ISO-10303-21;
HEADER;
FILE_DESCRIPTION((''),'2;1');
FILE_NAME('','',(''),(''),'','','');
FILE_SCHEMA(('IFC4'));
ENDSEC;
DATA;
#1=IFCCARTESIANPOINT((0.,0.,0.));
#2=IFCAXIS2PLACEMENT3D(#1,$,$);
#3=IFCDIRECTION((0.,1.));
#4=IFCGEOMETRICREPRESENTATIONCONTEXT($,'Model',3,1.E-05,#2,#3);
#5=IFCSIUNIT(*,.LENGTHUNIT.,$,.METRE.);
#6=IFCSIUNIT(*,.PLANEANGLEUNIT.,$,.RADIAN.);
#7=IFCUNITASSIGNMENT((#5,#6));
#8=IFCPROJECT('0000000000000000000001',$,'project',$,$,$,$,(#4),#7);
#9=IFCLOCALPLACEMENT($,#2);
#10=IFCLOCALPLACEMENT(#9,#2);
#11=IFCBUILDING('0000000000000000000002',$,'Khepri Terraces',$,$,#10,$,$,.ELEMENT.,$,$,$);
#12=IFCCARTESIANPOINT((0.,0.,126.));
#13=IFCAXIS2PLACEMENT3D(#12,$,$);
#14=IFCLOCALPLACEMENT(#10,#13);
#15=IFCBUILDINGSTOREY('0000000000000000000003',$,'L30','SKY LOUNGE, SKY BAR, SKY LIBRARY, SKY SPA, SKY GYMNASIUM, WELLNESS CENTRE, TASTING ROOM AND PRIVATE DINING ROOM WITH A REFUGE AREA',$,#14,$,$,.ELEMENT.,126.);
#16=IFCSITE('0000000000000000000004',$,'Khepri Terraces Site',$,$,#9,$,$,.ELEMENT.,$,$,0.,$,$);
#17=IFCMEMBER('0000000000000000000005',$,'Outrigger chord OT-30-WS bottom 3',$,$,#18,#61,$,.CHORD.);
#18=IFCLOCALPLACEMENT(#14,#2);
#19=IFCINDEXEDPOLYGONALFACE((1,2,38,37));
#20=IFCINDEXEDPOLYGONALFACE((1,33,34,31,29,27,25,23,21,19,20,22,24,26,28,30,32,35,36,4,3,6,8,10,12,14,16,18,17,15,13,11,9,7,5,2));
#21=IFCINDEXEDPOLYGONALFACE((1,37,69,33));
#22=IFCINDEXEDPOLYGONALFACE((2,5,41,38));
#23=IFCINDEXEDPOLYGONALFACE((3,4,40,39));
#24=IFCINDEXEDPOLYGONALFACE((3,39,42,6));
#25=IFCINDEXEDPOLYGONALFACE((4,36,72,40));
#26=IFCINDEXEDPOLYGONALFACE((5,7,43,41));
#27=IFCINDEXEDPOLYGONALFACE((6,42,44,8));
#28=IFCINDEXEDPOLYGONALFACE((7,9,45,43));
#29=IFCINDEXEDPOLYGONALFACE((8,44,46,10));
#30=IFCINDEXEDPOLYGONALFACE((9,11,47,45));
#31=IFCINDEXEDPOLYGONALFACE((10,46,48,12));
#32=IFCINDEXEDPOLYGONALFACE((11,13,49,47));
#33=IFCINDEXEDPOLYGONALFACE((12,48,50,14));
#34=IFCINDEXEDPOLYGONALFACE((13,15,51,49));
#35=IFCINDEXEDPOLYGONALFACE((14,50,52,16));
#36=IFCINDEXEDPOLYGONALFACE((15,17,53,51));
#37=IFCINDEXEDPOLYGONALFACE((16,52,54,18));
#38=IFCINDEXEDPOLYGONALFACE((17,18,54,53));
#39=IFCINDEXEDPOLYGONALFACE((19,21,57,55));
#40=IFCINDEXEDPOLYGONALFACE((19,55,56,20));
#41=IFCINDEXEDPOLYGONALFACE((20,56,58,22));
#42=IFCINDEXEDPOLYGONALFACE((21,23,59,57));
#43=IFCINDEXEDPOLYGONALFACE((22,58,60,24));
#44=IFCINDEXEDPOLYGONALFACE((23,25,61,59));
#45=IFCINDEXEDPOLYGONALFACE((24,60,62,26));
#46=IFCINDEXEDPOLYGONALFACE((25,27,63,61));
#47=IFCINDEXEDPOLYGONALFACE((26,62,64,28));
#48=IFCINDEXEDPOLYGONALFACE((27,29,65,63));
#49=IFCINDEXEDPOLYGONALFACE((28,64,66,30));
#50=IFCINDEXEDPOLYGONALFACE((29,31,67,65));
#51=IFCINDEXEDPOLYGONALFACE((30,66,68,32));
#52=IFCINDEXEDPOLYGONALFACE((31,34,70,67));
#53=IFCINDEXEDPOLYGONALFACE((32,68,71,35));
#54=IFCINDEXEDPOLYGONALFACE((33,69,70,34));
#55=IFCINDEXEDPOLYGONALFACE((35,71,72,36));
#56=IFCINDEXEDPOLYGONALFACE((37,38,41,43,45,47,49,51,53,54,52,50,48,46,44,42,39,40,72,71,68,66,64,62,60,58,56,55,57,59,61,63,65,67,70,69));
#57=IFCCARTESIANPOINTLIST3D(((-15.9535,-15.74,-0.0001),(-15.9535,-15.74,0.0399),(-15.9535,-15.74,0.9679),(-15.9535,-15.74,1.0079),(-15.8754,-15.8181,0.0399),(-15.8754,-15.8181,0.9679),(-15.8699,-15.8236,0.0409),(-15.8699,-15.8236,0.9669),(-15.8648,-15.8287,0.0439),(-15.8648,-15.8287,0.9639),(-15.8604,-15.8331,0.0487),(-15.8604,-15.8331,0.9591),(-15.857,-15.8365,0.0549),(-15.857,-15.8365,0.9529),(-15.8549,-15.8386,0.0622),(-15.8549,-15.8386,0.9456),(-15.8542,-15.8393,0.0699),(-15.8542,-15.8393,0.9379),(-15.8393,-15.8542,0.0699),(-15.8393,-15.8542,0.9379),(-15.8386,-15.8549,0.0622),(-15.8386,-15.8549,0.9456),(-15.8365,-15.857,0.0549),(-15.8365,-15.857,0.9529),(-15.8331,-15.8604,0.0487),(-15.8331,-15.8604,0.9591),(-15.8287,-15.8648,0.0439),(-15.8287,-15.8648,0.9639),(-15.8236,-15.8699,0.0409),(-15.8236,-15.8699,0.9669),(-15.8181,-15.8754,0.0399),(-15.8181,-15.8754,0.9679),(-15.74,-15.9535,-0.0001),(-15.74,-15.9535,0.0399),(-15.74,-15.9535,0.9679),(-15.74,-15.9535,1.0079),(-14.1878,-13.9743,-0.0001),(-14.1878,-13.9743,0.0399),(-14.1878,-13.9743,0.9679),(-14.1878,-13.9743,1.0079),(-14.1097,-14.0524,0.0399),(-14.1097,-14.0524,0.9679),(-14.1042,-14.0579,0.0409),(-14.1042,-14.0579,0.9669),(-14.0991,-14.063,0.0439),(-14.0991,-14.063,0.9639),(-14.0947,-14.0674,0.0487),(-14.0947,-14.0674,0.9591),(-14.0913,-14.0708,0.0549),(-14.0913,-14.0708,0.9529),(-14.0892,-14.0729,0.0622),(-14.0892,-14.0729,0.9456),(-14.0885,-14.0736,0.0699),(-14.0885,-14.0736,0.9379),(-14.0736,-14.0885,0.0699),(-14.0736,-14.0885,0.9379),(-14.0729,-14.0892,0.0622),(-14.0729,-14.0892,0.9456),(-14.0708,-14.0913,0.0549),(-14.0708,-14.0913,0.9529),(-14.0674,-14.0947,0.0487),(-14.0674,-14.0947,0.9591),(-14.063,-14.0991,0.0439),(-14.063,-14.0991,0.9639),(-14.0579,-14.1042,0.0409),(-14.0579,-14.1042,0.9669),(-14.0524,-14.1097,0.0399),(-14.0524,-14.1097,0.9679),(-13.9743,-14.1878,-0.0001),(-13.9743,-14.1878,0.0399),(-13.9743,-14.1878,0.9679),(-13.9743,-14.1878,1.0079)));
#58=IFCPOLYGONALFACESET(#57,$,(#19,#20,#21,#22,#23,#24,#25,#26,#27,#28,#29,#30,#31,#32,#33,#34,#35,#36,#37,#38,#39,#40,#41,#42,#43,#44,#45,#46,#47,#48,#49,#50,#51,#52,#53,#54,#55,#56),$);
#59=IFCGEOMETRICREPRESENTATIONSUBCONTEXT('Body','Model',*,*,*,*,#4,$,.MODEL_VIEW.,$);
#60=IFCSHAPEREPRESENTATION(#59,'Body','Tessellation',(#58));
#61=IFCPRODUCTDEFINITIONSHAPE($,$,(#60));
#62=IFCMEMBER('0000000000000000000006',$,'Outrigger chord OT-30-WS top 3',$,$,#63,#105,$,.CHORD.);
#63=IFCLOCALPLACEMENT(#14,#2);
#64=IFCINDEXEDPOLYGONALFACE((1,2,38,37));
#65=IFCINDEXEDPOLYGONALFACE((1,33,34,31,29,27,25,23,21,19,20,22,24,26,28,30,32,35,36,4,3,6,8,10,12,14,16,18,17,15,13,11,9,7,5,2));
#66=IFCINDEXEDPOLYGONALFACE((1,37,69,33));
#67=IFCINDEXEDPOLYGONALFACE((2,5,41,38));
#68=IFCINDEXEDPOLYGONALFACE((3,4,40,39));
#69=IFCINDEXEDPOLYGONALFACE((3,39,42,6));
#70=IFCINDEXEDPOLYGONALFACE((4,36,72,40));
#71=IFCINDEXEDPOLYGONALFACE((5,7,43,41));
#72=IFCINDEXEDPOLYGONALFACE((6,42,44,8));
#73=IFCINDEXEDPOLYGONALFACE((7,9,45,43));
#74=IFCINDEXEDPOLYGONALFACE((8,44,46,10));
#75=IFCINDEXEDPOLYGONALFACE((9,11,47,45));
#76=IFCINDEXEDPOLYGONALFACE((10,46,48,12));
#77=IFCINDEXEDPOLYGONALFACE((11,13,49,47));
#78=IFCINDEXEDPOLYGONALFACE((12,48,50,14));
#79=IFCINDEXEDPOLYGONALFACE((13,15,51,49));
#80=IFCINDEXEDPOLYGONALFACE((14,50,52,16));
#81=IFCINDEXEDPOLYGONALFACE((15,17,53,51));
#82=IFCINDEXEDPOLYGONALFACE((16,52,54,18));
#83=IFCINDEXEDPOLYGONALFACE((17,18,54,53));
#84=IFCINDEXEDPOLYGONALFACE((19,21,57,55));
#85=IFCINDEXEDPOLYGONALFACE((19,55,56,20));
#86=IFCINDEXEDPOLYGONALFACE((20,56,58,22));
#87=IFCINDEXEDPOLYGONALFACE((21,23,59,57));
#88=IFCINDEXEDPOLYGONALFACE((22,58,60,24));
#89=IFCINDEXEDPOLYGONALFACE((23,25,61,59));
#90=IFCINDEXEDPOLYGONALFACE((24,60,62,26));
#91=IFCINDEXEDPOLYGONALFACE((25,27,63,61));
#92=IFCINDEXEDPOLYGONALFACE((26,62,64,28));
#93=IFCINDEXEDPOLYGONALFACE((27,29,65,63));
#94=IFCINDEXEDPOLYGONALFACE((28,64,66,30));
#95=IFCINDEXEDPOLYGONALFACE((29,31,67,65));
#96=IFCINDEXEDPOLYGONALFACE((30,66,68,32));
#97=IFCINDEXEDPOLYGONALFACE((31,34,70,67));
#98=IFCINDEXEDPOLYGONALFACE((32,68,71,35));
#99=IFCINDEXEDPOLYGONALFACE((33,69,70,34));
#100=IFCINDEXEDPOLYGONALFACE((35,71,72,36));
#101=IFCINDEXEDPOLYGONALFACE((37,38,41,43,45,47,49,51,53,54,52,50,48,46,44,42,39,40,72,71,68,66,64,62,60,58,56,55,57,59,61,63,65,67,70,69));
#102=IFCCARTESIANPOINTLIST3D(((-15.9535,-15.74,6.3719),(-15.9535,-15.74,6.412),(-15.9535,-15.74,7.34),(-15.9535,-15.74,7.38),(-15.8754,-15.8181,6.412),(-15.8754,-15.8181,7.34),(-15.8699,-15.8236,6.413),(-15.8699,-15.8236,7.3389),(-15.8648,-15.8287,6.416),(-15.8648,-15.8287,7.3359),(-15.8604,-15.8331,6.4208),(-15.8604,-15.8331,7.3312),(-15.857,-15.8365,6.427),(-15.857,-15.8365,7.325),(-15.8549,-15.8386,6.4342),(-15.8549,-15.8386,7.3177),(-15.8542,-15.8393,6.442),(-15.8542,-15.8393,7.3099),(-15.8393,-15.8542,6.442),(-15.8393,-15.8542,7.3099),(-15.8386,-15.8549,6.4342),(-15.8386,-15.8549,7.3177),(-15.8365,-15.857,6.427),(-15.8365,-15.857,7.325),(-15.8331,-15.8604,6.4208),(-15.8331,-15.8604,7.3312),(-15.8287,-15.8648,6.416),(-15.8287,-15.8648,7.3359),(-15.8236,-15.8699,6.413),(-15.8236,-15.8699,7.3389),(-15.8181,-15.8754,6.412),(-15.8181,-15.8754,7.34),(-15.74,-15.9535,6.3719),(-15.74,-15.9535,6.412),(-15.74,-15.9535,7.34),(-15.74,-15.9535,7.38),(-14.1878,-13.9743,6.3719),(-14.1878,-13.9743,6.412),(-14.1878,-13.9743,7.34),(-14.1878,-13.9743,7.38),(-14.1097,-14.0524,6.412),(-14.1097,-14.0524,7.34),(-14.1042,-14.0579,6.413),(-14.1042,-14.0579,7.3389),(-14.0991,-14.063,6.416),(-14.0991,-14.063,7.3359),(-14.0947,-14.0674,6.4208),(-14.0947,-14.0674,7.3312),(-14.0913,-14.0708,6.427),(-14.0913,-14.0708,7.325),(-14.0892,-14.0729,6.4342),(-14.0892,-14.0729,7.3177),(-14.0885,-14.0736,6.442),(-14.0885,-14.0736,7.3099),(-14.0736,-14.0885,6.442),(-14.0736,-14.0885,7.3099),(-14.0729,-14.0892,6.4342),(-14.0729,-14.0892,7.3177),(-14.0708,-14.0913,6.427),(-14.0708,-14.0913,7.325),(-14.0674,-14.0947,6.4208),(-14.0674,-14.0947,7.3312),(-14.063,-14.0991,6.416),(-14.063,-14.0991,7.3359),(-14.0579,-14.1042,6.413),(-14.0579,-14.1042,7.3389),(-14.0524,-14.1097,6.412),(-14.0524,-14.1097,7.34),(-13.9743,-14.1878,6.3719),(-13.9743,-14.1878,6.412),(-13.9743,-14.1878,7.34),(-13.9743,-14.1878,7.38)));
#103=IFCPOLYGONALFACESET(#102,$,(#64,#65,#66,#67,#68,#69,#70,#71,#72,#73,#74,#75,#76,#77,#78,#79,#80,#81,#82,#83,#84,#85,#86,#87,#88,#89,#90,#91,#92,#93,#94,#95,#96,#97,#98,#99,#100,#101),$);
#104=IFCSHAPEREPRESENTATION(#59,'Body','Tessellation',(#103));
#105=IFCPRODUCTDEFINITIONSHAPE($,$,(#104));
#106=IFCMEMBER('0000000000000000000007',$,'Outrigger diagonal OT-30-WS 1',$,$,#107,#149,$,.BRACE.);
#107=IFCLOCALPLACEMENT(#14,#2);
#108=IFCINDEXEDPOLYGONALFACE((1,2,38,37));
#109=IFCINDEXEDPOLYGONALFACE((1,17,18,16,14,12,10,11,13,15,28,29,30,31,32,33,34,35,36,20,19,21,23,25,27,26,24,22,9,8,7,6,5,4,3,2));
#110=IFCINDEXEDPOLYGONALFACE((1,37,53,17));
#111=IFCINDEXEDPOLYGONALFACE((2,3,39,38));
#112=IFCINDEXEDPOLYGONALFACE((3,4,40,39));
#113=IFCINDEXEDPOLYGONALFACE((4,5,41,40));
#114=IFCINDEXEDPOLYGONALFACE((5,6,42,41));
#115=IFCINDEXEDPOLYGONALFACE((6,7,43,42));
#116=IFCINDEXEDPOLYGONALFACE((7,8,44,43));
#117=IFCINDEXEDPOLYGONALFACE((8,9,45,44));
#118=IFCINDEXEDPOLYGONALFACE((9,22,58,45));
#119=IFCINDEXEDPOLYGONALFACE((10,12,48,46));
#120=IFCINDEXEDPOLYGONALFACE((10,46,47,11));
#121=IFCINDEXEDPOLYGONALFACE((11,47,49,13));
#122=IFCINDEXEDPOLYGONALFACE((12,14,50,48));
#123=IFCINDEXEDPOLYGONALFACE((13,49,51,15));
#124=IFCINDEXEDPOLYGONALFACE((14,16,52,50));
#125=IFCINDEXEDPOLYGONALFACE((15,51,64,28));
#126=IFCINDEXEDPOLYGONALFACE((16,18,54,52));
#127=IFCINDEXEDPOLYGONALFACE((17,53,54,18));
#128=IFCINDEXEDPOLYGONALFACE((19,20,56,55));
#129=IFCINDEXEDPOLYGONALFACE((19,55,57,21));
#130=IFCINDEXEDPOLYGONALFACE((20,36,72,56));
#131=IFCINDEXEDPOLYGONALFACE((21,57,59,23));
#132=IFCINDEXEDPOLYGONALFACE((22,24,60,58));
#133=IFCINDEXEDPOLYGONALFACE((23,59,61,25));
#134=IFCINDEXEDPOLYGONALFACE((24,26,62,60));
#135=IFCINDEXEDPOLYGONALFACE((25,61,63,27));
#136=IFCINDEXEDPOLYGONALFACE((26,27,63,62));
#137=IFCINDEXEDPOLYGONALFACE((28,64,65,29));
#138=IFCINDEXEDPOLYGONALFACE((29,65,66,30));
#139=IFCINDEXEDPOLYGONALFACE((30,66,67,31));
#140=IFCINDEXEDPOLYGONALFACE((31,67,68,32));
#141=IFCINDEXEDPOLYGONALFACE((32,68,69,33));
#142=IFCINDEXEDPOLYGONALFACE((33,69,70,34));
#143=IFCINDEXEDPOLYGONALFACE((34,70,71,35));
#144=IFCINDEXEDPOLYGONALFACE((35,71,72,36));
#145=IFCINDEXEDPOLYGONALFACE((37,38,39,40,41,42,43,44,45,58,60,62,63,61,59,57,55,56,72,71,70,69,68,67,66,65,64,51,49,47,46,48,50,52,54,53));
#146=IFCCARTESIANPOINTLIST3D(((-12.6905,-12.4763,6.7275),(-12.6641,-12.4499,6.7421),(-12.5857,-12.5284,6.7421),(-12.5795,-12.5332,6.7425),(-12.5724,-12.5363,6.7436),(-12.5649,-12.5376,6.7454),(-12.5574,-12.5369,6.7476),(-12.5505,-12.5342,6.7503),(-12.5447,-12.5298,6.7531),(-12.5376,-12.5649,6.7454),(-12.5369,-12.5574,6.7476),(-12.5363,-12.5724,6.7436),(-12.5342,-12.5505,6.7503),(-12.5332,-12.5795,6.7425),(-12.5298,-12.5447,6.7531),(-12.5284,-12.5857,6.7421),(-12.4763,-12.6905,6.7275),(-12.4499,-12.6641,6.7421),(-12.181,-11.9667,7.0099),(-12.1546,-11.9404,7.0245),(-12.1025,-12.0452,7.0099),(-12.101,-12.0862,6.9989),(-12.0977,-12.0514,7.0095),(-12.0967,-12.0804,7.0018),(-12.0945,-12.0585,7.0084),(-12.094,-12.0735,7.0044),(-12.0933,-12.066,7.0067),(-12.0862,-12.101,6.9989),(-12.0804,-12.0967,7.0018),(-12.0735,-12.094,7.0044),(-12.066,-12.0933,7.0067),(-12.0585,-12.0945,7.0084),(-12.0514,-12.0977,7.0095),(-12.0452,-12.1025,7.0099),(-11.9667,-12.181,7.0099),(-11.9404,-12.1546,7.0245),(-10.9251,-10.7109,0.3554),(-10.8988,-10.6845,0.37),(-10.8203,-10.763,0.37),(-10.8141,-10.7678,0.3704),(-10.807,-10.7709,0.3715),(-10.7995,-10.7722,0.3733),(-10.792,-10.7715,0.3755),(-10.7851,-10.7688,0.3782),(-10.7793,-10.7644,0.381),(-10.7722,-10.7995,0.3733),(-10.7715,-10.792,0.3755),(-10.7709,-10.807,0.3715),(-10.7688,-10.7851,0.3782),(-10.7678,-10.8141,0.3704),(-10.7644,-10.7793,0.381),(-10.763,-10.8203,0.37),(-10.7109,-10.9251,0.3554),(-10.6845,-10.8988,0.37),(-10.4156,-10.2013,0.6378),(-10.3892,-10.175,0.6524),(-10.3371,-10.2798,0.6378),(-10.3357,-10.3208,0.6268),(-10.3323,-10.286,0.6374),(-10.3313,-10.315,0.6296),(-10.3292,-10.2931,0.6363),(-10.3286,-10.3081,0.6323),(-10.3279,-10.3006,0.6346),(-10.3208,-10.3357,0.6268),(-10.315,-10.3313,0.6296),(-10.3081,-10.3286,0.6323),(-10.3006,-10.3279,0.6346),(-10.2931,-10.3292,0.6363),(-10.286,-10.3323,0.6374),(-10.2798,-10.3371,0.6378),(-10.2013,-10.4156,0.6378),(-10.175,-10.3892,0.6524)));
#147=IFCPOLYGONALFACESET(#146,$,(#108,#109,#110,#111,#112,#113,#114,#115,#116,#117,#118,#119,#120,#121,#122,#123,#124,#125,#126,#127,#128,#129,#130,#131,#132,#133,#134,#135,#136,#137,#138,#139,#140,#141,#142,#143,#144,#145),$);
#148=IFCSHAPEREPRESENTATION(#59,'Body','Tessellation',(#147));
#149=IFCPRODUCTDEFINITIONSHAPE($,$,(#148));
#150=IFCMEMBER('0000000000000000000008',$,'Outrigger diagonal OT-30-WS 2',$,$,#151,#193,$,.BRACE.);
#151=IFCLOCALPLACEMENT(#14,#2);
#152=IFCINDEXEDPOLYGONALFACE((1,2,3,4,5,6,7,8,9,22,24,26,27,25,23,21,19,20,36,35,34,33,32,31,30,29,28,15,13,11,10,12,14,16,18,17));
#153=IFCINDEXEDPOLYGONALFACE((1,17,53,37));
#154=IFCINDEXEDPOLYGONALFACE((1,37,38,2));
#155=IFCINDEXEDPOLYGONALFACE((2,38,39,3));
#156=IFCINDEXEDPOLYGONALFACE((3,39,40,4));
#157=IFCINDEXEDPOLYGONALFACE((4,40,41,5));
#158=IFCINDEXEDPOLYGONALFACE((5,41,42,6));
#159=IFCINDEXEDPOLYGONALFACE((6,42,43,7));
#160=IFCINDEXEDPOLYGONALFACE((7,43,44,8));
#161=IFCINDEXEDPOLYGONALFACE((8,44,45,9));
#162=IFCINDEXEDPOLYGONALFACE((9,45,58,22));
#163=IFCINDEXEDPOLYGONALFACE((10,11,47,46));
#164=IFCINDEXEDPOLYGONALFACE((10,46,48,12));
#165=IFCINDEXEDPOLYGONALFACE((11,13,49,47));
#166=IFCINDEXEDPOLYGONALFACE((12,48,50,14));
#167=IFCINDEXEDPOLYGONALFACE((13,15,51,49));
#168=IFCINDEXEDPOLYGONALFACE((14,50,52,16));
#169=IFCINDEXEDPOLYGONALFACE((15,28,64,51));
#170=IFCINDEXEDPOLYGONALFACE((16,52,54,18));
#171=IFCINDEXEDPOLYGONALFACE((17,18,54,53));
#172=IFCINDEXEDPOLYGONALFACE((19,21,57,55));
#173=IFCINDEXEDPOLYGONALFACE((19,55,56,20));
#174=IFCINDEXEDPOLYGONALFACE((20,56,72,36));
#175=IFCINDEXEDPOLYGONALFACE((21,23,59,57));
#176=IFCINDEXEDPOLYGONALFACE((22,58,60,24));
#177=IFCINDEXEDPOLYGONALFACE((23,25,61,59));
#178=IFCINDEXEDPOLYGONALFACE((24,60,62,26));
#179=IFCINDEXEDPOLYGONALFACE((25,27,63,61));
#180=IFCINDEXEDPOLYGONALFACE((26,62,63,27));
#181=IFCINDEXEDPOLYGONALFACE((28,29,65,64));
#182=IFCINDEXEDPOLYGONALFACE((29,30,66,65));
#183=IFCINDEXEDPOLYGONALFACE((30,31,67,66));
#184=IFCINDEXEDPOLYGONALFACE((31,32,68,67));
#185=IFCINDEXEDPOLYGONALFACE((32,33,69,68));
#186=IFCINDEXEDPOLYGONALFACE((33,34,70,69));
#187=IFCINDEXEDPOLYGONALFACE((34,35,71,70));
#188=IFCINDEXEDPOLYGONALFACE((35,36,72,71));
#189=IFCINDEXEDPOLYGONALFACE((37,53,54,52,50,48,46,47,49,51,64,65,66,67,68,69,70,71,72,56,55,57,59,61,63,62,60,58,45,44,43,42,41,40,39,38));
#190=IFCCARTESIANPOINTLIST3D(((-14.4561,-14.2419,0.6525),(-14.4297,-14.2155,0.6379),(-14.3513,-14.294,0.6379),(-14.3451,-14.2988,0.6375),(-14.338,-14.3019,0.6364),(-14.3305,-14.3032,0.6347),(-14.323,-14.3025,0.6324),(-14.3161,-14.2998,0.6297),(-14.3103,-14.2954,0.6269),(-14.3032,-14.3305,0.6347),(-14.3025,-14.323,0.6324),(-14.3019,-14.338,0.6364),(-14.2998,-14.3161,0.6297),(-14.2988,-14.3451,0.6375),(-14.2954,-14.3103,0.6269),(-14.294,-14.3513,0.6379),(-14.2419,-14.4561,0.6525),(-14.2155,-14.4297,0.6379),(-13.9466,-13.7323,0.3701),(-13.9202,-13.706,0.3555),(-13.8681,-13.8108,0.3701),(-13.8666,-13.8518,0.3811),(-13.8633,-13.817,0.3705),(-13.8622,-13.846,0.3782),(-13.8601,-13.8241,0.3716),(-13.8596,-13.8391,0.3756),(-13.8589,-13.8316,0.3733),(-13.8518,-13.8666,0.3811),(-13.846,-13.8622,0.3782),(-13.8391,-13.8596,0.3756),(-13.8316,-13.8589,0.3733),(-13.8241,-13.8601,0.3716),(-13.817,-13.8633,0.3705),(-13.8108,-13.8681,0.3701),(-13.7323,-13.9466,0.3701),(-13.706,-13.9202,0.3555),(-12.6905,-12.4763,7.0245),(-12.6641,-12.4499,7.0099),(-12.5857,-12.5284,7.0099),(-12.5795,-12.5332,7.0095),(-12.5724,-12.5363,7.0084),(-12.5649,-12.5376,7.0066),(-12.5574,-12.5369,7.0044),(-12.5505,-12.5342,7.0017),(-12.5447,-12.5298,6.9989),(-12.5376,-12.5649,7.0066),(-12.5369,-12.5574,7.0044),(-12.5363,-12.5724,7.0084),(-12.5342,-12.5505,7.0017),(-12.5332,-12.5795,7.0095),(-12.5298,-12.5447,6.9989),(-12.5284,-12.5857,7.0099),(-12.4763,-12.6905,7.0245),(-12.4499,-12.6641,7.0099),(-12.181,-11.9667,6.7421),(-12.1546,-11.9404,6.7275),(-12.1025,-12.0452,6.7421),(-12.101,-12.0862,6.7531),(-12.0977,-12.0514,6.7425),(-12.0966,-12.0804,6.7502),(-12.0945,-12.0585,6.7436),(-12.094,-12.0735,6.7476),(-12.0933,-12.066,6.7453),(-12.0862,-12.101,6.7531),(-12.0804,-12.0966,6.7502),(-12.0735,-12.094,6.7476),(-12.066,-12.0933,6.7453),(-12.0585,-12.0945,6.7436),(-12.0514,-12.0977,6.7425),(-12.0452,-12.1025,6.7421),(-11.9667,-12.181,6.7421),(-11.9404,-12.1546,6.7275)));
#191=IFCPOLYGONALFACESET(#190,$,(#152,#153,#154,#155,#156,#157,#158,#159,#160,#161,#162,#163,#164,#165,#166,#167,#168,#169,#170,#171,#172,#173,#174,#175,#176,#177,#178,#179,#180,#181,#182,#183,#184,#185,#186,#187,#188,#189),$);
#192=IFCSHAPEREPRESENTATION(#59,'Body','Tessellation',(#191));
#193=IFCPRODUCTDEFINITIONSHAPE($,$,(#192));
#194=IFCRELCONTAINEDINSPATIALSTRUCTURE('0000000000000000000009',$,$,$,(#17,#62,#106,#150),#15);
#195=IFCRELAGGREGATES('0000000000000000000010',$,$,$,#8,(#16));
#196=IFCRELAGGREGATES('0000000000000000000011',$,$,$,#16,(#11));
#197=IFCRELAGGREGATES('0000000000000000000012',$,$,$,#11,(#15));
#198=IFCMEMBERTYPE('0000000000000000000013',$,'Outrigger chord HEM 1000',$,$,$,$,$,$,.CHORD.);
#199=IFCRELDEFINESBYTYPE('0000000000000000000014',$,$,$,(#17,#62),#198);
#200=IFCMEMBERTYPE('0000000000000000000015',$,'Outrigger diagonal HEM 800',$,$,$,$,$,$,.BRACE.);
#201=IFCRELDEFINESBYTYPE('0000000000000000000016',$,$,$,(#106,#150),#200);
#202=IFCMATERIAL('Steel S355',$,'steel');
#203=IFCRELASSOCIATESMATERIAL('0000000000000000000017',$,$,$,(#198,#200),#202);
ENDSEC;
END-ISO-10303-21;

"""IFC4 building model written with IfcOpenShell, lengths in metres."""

from ifc_helpers import new_model, si_unit, direction, frame, origin, origin_2d, place, context, subcontext, project, spatial, i_section, extrude, material, material_profile, profile_set, type_object, element, save


model = new_model("IFC4")

# Units and contexts
model_context = context("Model", 3, precision=1e-05, world=origin(), true_north=direction((0.0, 1.0)))
body_context = subcontext(model_context, "Body", "Model", "MODEL_VIEW")
ifc_project = project(units=[si_unit("LENGTHUNIT", "METRE"), si_unit("PLANEANGLEUNIT", "RADIAN")], contexts=[model_context])

# Site, building, storey
site_placement = place(None, origin())
site = spatial("IfcSite", under=ifc_project, at=site_placement, Name="Khepri Terraces Site", CompositionType="ELEMENT", RefElevation=0.0)
building_placement = place(site_placement, origin())
building = spatial("IfcBuilding", under=site, at=building_placement, Name="Khepri Terraces", CompositionType="ELEMENT")
storey_placement = place(building_placement, frame((0.0, 0.0, 126.0)))
storey = spatial("IfcBuildingStorey", under=building, at=storey_placement, Name="L30", Description="SKY LOUNGE, SKY BAR, SKY LIBRARY, SKY SPA, SKY GYMNASIUM, WELLNESS CENTRE, TASTING ROOM AND PRIVATE DINING ROOM WITH A REFUGE AREA", CompositionType="ELEMENT", Elevation=126.0)

# Members
ifc_material_1 = material(Name="Steel S355", Category="steel")
ifc_material_profile_1 = material_profile(ifc_material_1, i_section(OverallWidth=0.302, OverallDepth=1.0081, WebThickness=0.021, FlangeThickness=0.04, FilletRadius=0.03, at=origin_2d()), Name="Steel S355", Category="steel")
ifc_profile_set_1 = profile_set([ifc_material_profile_1], Name="Steel S355")
member_type_1 = type_object("IfcMemberType", Name="Outrigger chord HEM 1000", PredefinedType="CHORD", material=ifc_profile_set_1)
for number, where, z_axis, x_axis, name in (
    (1, (-14.0811, -14.0811, 0.5039), (-0.707107, -0.707107, 0.0), (0.707107, -0.707107, 0.0), "Outrigger chord OT-30-WS bottom 3"),
    (2, (-14.0811, -14.0811, 6.876), (-0.707107, -0.707107, 0.0), (0.707107, -0.707107, 0.0), "Outrigger chord OT-30-WS top 3"),
):
    element("IfcMember", number, at=place(storey_placement, frame(where, z_axis=z_axis, x_axis=x_axis)), inside=storey, type_object=member_type_1, Name=name, PredefinedType="CHORD", context=body_context, shape_type="SweptSolid", body=[
        extrude(i_section(OverallWidth=0.302, OverallDepth=1.0081, WebThickness=0.021, FlangeThickness=0.04, FilletRadius=0.03, at=origin_2d()), origin(), (0.0, 0.0, 1.0), 2.4971),
    ])
ifc_material_profile_2 = material_profile(ifc_material_1, i_section(OverallWidth=0.303, OverallDepth=0.814, WebThickness=0.021, FlangeThickness=0.04, FilletRadius=0.03, at=origin_2d()), Name="Steel S355", Category="steel")
ifc_profile_set_2 = profile_set([ifc_material_profile_2], Name="Steel S355")
member_type_2 = type_object("IfcMemberType", Name="Outrigger diagonal HEM 800", PredefinedType="BRACE", material=ifc_profile_set_2)
for number, where, z_axis, x_axis, name in (
    (3, (-10.55, -10.55, 0.5039), (-0.257957, -0.257957, 0.931084), (0.707107, -0.707107, 0.0), "Outrigger diagonal OT-30-WS 1"),
    (4, (-12.3154, -12.3154, 6.876), (-0.257987, -0.257987, -0.931067), (0.707107, -0.707107, 0.0), "Outrigger diagonal OT-30-WS 2"),
):
    element("IfcMember", number, at=place(storey_placement, frame(where, z_axis=z_axis, x_axis=x_axis)), inside=storey, type_object=member_type_2, Name=name, PredefinedType="BRACE", context=body_context, shape_type="SweptSolid", body=[
        extrude(i_section(OverallWidth=0.303, OverallDepth=0.814, WebThickness=0.021, FlangeThickness=0.04, FilletRadius=0.03, at=origin_2d()), origin(), (0.0, 0.0, 1.0), 6.8438),
    ])

save(model, "model.ifc")
